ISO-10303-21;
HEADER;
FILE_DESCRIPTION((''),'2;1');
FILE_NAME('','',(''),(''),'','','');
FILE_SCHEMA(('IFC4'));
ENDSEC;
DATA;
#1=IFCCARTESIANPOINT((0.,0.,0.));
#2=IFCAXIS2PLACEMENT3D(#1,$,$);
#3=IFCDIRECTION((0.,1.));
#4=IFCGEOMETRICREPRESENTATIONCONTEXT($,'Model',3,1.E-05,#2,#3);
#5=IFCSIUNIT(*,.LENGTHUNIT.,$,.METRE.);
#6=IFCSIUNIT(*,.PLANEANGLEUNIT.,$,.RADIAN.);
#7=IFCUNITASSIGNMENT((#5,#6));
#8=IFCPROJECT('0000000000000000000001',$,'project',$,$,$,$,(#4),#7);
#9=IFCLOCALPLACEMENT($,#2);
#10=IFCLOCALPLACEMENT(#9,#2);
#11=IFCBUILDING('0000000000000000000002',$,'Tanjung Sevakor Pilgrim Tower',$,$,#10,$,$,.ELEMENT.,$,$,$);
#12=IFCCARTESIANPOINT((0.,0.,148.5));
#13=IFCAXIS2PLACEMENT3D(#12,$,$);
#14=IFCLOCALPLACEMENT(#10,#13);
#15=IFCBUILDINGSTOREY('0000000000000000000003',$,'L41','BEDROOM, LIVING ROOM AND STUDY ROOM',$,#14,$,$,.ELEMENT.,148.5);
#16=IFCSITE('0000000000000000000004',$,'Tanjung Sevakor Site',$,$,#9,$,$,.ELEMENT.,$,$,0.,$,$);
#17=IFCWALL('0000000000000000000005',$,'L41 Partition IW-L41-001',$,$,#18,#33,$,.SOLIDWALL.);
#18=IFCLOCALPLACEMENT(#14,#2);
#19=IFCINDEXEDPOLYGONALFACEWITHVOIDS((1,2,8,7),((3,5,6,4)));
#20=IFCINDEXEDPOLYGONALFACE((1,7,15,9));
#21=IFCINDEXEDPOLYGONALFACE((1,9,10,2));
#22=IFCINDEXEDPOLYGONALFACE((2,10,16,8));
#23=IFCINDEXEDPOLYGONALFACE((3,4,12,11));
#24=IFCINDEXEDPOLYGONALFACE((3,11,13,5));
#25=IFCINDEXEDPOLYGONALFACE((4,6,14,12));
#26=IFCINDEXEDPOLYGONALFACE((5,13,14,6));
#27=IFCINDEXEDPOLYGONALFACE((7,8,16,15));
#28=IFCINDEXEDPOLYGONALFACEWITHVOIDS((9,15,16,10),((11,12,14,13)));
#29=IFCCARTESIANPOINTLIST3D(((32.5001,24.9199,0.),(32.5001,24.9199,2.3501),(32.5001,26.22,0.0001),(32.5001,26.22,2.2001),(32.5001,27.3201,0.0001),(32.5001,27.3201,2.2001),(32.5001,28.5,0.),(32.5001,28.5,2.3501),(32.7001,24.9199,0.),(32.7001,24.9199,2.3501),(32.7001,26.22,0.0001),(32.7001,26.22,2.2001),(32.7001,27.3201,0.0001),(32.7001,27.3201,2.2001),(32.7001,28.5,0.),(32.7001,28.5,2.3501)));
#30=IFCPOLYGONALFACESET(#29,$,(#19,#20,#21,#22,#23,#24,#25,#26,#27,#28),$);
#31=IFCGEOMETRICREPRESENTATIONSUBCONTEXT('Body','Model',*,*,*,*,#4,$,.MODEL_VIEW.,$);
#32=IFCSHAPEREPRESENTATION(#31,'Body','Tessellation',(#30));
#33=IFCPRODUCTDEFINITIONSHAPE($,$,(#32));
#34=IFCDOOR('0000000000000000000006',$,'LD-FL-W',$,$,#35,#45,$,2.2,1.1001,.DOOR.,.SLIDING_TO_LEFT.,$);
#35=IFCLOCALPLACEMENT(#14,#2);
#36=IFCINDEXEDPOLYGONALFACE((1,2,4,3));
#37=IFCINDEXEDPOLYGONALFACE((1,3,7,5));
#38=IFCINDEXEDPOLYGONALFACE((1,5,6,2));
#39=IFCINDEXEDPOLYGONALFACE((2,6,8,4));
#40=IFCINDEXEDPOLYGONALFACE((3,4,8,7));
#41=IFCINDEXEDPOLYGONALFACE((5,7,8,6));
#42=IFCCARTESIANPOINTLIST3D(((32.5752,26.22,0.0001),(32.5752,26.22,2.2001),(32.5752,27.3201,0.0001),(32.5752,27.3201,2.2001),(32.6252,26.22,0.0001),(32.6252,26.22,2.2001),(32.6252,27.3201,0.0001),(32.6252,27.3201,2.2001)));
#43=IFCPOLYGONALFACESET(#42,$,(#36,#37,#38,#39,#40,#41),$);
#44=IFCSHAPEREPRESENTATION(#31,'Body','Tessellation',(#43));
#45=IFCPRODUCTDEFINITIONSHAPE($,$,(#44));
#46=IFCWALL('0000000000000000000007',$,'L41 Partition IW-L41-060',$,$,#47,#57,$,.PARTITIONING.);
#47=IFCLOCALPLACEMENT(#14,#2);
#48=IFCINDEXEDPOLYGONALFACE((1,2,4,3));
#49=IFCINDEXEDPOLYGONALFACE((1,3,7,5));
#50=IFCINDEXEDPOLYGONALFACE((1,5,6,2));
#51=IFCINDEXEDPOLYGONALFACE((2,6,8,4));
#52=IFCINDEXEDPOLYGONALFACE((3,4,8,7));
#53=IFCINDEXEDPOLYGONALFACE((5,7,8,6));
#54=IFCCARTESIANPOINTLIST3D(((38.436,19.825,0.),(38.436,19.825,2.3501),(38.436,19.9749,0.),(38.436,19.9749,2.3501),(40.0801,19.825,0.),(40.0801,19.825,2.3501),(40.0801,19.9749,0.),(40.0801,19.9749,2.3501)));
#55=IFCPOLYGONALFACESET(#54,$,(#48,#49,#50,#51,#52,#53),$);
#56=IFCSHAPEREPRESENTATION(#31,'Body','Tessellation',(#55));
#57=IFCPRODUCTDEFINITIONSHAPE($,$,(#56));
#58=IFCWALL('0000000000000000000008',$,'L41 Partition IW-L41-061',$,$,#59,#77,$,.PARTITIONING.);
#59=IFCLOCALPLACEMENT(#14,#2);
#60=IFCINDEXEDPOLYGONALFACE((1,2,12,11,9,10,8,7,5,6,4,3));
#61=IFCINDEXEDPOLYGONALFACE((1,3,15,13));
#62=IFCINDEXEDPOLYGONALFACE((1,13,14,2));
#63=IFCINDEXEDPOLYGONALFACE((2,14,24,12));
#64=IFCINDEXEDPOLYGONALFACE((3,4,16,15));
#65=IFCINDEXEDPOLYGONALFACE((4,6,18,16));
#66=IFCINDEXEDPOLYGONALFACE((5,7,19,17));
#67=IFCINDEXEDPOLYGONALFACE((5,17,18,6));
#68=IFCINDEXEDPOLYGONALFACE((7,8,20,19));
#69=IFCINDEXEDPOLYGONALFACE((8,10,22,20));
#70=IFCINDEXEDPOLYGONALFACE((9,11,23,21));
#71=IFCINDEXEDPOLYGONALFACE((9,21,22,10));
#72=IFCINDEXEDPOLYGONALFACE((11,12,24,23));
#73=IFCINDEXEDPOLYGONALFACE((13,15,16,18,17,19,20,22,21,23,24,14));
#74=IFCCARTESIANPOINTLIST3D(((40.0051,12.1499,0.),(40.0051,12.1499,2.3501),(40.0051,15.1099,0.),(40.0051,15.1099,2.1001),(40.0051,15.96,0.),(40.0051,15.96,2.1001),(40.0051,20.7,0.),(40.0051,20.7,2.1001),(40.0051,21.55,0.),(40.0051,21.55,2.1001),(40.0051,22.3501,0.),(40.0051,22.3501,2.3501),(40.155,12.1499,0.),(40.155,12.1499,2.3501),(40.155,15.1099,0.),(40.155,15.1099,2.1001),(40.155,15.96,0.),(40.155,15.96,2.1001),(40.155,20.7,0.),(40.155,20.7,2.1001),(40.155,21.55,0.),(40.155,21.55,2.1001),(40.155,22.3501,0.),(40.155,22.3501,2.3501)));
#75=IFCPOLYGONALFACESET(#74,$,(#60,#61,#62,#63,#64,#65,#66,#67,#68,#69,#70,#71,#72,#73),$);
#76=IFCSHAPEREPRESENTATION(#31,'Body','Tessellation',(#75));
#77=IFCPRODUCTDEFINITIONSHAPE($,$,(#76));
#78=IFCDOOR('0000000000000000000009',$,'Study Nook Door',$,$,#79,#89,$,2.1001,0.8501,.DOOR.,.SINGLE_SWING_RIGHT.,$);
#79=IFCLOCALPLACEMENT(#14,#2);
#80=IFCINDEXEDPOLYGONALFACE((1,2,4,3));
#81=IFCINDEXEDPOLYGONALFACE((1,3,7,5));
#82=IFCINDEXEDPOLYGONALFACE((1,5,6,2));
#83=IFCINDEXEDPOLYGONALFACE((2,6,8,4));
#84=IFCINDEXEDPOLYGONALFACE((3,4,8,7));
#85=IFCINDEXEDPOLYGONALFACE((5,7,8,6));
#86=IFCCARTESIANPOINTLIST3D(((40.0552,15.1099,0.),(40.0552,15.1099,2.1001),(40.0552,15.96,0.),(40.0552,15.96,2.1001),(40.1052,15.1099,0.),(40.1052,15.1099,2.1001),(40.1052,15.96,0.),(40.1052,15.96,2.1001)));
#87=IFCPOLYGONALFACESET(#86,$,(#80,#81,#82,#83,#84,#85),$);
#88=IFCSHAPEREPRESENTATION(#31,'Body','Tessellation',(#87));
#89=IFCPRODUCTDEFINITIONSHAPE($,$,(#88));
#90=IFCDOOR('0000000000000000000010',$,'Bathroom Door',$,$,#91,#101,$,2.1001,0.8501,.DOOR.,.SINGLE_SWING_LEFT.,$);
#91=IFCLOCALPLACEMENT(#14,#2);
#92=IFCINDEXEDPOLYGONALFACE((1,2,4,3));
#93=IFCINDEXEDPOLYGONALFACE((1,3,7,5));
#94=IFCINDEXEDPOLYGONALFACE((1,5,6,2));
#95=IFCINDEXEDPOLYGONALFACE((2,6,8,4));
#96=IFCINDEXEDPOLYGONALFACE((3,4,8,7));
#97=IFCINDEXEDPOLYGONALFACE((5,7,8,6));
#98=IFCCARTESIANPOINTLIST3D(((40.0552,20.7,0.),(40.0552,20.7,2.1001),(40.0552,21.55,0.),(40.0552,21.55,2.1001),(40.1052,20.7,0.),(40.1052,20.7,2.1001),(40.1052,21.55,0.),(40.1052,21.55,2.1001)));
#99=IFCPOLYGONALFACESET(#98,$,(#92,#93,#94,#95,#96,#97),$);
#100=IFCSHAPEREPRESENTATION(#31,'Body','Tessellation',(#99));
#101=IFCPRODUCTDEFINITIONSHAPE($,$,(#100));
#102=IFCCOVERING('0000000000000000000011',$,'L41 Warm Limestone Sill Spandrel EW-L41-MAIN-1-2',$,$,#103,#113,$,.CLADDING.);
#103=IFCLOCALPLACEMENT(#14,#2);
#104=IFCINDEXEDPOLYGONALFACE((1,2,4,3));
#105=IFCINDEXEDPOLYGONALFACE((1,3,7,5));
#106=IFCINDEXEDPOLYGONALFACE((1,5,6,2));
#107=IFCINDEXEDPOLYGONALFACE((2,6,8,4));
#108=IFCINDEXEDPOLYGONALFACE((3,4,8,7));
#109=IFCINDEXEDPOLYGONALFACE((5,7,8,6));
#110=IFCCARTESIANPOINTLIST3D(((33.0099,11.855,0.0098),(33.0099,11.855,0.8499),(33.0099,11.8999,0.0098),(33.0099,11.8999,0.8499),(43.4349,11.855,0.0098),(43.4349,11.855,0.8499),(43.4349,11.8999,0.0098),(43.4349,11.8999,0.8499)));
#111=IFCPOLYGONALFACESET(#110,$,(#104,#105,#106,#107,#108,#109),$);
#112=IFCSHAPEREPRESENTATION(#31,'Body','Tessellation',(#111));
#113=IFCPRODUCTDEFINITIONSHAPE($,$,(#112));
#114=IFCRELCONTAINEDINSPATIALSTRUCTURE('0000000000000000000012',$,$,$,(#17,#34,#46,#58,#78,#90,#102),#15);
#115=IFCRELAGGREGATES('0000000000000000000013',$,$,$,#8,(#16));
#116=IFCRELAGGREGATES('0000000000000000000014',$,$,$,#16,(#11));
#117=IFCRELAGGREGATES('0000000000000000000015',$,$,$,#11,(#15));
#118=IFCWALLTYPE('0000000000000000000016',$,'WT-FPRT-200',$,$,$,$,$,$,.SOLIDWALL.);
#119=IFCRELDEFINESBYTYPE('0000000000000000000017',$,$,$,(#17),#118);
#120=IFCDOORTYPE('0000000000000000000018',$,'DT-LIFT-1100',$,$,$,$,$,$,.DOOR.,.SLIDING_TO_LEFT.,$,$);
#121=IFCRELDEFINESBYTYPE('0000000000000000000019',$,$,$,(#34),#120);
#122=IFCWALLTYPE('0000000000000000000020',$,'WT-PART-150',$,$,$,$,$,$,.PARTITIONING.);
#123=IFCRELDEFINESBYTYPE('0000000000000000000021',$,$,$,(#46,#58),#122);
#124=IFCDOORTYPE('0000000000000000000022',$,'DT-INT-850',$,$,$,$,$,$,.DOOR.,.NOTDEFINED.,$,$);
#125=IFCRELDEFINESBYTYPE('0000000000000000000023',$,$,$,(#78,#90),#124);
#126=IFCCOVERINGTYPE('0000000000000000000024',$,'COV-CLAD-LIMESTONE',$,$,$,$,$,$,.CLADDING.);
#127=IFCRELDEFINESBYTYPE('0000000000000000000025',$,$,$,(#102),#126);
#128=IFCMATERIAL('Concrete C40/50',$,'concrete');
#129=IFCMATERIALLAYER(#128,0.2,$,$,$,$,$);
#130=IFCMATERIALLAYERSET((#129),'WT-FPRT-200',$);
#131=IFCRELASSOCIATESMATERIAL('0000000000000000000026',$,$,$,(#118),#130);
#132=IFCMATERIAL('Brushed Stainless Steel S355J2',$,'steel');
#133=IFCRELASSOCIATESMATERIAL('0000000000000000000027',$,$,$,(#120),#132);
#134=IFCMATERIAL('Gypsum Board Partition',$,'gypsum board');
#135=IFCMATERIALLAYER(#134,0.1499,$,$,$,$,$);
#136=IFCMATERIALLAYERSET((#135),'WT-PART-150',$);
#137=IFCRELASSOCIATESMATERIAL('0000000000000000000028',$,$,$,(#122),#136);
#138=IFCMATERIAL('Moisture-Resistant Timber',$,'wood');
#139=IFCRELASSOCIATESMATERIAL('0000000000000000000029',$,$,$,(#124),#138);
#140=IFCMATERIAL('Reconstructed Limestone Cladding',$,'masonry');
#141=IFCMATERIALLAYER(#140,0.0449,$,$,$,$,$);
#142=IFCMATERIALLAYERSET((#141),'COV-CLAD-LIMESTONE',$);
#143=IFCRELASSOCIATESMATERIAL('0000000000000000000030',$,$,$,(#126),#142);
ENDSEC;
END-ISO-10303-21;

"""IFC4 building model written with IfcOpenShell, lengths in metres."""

from ifc_helpers import new_model, si_unit, direction, frame, frame_2d, origin, origin_2d, place, context, subcontext, project, spatial, rectangle, extrude, material, layer, layer_set, type_object, element, fill, save


model = new_model("IFC4")

# Units and contexts
model_context = context("Model", 3, precision=1e-05, world=origin(), true_north=direction((0.0, 1.0)))
body_context = subcontext(model_context, "Body", "Model", "MODEL_VIEW")
ifc_project = project(units=[si_unit("LENGTHUNIT", "METRE"), si_unit("PLANEANGLEUNIT", "RADIAN")], contexts=[model_context])

# Site, building, storey
site_placement = place(None, origin())
site = spatial("IfcSite", under=ifc_project, at=site_placement, Name="Tanjung Sevakor Site", CompositionType="ELEMENT", RefElevation=0.0)
building_placement = place(site_placement, origin())
building = spatial("IfcBuilding", under=site, at=building_placement, Name="Tanjung Sevakor Pilgrim Tower", CompositionType="ELEMENT")
storey_placement = place(building_placement, frame((0.0, 0.0, 148.5)))
storey = spatial("IfcBuildingStorey", under=building, at=storey_placement, Name="L41", Description="BEDROOM, LIVING ROOM AND STUDY ROOM", CompositionType="ELEMENT", Elevation=148.5)

# Wall, opening, door
ifc_material_1 = material(Name="Concrete C40/50", Category="concrete")
ifc_layer_1 = layer(ifc_material_1, 0.2)
ifc_layer_set_1 = layer_set([ifc_layer_1], Name="WT-FPRT-200")
wall_type_1 = type_object("IfcWallType", Name="WT-FPRT-200", PredefinedType="SOLIDWALL", material=ifc_layer_set_1)
wall_1_placement = place(storey_placement, frame((32.6001, 24.9199, 0.0), z_axis=(0.0, 0.0, 1.0), x_axis=(0.0, 1.0, 0.0)))
wall_1 = element("IfcWall", 1, at=wall_1_placement, inside=storey, type_object=wall_type_1, Name="L41 Partition IW-L41-001", PredefinedType="SOLIDWALL", context=body_context, shape_type="SweptSolid", body=[
    extrude(rectangle(XDim=3.5801, YDim=0.2, at=frame_2d((1.79, 0.0))), origin(), (0.0, 0.0, 1.0), 2.3501),
])
opening_1_placement = place(wall_1_placement, frame((1.3, 0.0, 0.0)))
opening_1 = element("IfcOpeningElement", 2, at=opening_1_placement, cuts=wall_1, PredefinedType="OPENING", context=body_context, shape_type="SweptSolid", body=[
    extrude(rectangle(XDim=1.1001, YDim=2.2, at=frame_2d((0.55, 1.1001))), frame((0.0, 0.1099, 0.0), z_axis=(0.0, -1.0, 0.0), x_axis=(1.0, 0.0, 0.0)), (0.0, 0.0, 1.0), 0.22),
])
ifc_material_2 = material(Name="Brushed Stainless Steel S355J2", Category="steel")
door_type_1 = type_object("IfcDoorType", Name="DT-LIFT-1100", OperationType="SLIDING_TO_LEFT", PredefinedType="DOOR", material=ifc_material_2)
door_1_placement = place(opening_1_placement, origin())
door_1 = element("IfcDoor", 3, at=door_1_placement, inside=storey, type_object=door_type_1, Name="LD-FL-W", OperationType="SLIDING_TO_LEFT", OverallHeight=2.2, OverallWidth=1.1001, PredefinedType="DOOR", context=body_context, shape_type="SweptSolid", body=[
    extrude(rectangle(XDim=1.1001, YDim=2.2, at=frame_2d((0.55, 1.1001))), frame((0.0, 0.0249, 0.0), z_axis=(0.0, -1.0, 0.0), x_axis=(1.0, 0.0, 0.0)), (0.0, 0.0, 1.0), 0.05),
])
fill(opening_1, door_1)

# Wall
ifc_material_3 = material(Name="Gypsum Board Partition", Category="gypsum board")
ifc_layer_2 = layer(ifc_material_3, 0.1499)
ifc_layer_set_2 = layer_set([ifc_layer_2], Name="WT-PART-150")
wall_type_2 = type_object("IfcWallType", Name="WT-PART-150", PredefinedType="PARTITIONING", material=ifc_layer_set_2)
wall_2_placement = place(storey_placement, frame((38.436, 19.8999, 0.0), z_axis=(0.0, 0.0, 1.0), x_axis=(1.0, 0.0, 0.0)))
element("IfcWall", 4, at=wall_2_placement, inside=storey, type_object=wall_type_2, Name="L41 Partition IW-L41-060", PredefinedType="PARTITIONING", context=body_context, shape_type="SweptSolid", body=[
    extrude(rectangle(XDim=1.644, YDim=0.1499, at=frame_2d((0.822, 0.0))), origin(), (0.0, 0.0, 1.0), 2.3501),
])

# Wall, openings, doors
wall_3_placement = place(storey_placement, frame((40.0801, 12.1499, 0.0), z_axis=(0.0, 0.0, 1.0), x_axis=(0.0, 1.0, 0.0)))
wall_3 = element("IfcWall", 5, at=wall_3_placement, inside=storey, type_object=wall_type_2, Name="L41 Partition IW-L41-061", PredefinedType="PARTITIONING", context=body_context, shape_type="SweptSolid", body=[
    extrude(rectangle(XDim=10.2002, YDim=0.1499, at=frame_2d((5.1001, 0.0))), origin(), (0.0, 0.0, 1.0), 2.3501),
])
opening_2_placement = place(wall_3_placement, frame((2.96, 0.0, 0.0)))
opening_2 = element("IfcOpeningElement", 6, at=opening_2_placement, cuts=wall_3, PredefinedType="OPENING", context=body_context, shape_type="SweptSolid", body=[
    extrude(rectangle(XDim=0.8501, YDim=2.1001, at=frame_2d((0.425, 1.05))), frame((0.0, 0.085, 0.0), z_axis=(0.0, -1.0, 0.0), x_axis=(1.0, 0.0, 0.0)), (0.0, 0.0, 1.0), 0.1699),
])
opening_3_placement = place(wall_3_placement, frame((8.55, 0.0, 0.0)))
opening_3 = element("IfcOpeningElement", 7, at=opening_3_placement, cuts=wall_3, PredefinedType="OPENING", context=body_context, shape_type="SweptSolid", body=[
    extrude(rectangle(XDim=0.8501, YDim=2.1001, at=frame_2d((0.425, 1.05))), frame((0.0, 0.085, 0.0), z_axis=(0.0, -1.0, 0.0), x_axis=(1.0, 0.0, 0.0)), (0.0, 0.0, 1.0), 0.1699),
])
ifc_material_4 = material(Name="Moisture-Resistant Timber", Category="wood")
door_type_2 = type_object("IfcDoorType", Name="DT-INT-850", OperationType="NOTDEFINED", PredefinedType="DOOR", material=ifc_material_4)
door_2_placement = place(opening_2_placement, origin())
door_2 = element("IfcDoor", 8, at=door_2_placement, inside=storey, type_object=door_type_2, Name="Study Nook Door", OperationType="SINGLE_SWING_RIGHT", OverallHeight=2.1001, OverallWidth=0.8501, PredefinedType="DOOR", context=body_context, shape_type="SweptSolid", body=[
    extrude(rectangle(XDim=0.8501, YDim=2.1001, at=frame_2d((0.425, 1.05))), frame((0.0, 0.0249, 0.0), z_axis=(0.0, -1.0, 0.0), x_axis=(1.0, 0.0, 0.0)), (0.0, 0.0, 1.0), 0.05),
])
fill(opening_2, door_2)
door_3_placement = place(opening_3_placement, origin())
door_3 = element("IfcDoor", 9, at=door_3_placement, inside=storey, type_object=door_type_2, Name="Bathroom Door", OperationType="SINGLE_SWING_LEFT", OverallHeight=2.1001, OverallWidth=0.8501, PredefinedType="DOOR", context=body_context, shape_type="SweptSolid", body=[
    extrude(rectangle(XDim=0.8501, YDim=2.1001, at=frame_2d((0.425, 1.05))), frame((0.0, 0.0249, 0.0), z_axis=(0.0, -1.0, 0.0), x_axis=(1.0, 0.0, 0.0)), (0.0, 0.0, 1.0), 0.05),
])
fill(opening_3, door_3)

# Covering
ifc_material_5 = material(Name="Reconstructed Limestone Cladding", Category="masonry")
ifc_layer_3 = layer(ifc_material_5, 0.0449)
ifc_layer_set_3 = layer_set([ifc_layer_3], Name="COV-CLAD-LIMESTONE")
covering_type = type_object("IfcCoveringType", Name="COV-CLAD-LIMESTONE", PredefinedType="CLADDING", material=ifc_layer_set_3)
covering_placement = place(storey_placement, frame((38.2224, 11.8774, 0.0098), z_axis=(0.0, 0.0, 1.0), x_axis=(1.0, 0.0, 0.0)))
element("IfcCovering", 10, at=covering_placement, inside=storey, type_object=covering_type, Name="L41 Warm Limestone Sill Spandrel EW-L41-MAIN-1-2", PredefinedType="CLADDING", context=body_context, shape_type="SweptSolid", body=[
    extrude(rectangle(XDim=10.425, YDim=0.0449, at=origin_2d()), origin(), (0.0, 0.0, 1.0), 0.8401),
])

save(model, "model.ifc")
